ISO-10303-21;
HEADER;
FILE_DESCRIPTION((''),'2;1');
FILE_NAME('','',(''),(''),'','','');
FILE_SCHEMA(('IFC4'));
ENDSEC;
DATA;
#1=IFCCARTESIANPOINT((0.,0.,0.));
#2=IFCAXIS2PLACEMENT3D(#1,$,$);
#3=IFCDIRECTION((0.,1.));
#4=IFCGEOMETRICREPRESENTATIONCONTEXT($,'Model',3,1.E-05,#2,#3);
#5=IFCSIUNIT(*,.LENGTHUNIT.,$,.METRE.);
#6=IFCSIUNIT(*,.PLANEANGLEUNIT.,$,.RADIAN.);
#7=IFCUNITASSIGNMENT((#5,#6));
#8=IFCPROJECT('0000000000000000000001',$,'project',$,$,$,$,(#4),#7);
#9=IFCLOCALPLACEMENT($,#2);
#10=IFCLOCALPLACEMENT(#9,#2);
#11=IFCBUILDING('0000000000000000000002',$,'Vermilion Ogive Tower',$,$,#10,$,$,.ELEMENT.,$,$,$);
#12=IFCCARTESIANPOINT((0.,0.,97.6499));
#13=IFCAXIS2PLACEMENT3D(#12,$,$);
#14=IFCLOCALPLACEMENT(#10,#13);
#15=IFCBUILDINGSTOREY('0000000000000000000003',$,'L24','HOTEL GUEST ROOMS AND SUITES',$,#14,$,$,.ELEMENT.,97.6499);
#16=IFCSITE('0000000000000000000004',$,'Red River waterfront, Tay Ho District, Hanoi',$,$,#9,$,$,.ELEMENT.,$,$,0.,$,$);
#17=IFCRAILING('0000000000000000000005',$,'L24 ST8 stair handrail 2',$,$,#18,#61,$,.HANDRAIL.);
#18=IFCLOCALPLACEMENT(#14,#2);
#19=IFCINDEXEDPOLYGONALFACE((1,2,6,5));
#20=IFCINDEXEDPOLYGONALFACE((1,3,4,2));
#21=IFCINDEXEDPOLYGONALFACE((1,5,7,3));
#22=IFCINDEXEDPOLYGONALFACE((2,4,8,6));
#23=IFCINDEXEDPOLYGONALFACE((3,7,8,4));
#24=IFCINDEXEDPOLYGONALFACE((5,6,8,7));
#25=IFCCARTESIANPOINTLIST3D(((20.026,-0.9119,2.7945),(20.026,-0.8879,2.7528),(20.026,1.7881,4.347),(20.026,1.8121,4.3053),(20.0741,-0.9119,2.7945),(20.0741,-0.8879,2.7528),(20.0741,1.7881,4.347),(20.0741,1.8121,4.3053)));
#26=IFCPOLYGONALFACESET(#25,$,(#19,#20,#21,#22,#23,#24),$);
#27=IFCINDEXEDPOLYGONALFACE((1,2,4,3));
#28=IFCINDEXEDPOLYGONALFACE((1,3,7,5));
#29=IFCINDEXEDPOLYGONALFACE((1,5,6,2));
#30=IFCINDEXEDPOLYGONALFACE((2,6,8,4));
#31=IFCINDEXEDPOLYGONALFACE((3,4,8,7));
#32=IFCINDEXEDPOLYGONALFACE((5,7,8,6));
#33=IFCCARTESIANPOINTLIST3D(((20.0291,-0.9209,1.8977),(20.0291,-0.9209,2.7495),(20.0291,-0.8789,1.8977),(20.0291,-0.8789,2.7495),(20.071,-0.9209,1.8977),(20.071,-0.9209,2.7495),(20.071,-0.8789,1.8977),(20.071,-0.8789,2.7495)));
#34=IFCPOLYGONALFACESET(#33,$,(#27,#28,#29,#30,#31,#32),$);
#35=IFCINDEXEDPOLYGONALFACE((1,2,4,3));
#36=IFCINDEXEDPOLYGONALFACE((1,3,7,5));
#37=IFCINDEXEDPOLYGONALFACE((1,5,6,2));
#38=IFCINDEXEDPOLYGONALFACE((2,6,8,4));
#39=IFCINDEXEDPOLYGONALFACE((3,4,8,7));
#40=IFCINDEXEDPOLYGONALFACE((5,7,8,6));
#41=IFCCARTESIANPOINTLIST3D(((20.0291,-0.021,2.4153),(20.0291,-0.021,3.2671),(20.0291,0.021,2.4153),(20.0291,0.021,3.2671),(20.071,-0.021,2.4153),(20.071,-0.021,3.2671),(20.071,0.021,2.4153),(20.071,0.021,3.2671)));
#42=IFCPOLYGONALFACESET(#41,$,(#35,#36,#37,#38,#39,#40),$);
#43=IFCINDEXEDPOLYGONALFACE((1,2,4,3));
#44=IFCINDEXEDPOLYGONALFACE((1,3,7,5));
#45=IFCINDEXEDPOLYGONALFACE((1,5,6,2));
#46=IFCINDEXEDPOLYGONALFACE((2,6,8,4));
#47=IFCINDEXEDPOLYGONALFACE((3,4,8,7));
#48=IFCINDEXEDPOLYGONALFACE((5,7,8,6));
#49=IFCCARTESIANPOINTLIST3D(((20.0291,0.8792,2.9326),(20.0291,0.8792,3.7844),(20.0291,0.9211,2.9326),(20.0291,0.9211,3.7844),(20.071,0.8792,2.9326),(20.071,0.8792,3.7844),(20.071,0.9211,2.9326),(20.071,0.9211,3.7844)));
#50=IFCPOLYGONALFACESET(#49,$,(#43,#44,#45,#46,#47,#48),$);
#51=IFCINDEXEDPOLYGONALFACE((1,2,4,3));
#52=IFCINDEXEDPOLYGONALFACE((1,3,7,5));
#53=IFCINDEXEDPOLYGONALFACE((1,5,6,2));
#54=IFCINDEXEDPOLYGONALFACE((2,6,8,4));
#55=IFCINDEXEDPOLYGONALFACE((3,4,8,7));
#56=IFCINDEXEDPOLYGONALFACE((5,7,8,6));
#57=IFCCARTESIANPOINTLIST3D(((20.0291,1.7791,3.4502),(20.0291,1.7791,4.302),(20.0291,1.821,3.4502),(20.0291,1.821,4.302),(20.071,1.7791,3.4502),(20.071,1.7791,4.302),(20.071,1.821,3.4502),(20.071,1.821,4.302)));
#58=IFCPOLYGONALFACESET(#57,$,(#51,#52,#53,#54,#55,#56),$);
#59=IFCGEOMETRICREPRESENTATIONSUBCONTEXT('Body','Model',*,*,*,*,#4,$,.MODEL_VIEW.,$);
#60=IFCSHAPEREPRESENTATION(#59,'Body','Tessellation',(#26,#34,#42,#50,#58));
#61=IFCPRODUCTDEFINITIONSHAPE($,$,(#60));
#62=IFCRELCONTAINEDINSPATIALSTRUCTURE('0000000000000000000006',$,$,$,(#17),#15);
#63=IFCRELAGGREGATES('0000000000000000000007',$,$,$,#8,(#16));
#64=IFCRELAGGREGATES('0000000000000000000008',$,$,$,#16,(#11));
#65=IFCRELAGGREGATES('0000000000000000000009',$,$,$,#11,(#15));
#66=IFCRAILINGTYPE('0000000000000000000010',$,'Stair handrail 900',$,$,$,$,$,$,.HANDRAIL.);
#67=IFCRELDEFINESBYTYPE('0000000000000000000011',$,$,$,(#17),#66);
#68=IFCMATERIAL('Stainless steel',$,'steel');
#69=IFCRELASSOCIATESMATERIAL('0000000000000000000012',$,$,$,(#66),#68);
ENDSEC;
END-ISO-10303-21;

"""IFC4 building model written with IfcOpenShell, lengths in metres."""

from ifc_helpers import new_model, si_unit, direction, frame, origin, origin_2d, place, context, subcontext, project, spatial, rectangle, extrude, material, type_object, element, save


model = new_model("IFC4")

# Units and contexts
model_context = context("Model", 3, precision=1e-05, world=origin(), true_north=direction((0.0, 1.0)))
body_context = subcontext(model_context, "Body", "Model", "MODEL_VIEW")
ifc_project = project(units=[si_unit("LENGTHUNIT", "METRE"), si_unit("PLANEANGLEUNIT", "RADIAN")], contexts=[model_context])

# Site, building, storey
site_placement = place(None, origin())
site = spatial("IfcSite", under=ifc_project, at=site_placement, Name="Red River waterfront, Tay Ho District, Hanoi", CompositionType="ELEMENT", RefElevation=0.0)
building_placement = place(site_placement, origin())
building = spatial("IfcBuilding", under=site, at=building_placement, Name="Vermilion Ogive Tower", CompositionType="ELEMENT")
storey_placement = place(building_placement, frame((0.0, 0.0, 97.6499)))
storey = spatial("IfcBuildingStorey", under=building, at=storey_placement, Name="L24", Description="HOTEL GUEST ROOMS AND SUITES", CompositionType="ELEMENT", Elevation=97.6499)

# Railing
ifc_material_1 = material(Name="Stainless steel", Category="steel")
railing_type = type_object("IfcRailingType", Name="Stair handrail 900", PredefinedType="HANDRAIL", material=ifc_material_1)
railing_placement = place(storey_placement, frame((20.05, -0.8999, 1.8977)))
element("IfcRailing", 1, at=railing_placement, inside=storey, type_object=railing_type, Name="L24 ST8 stair handrail 2", PredefinedType="HANDRAIL", context=body_context, shape_type="SweptSolid", body=[
    extrude(rectangle(XDim=0.0481, YDim=0.0481, at=origin_2d()), frame((0.0, 0.0, 0.876), z_axis=(0.0, 0.866904, 0.498476), x_axis=(-1.0, 0.0, 0.0)), (0.0, 0.0, 1.0), 3.1145),
    extrude(rectangle(XDim=0.042, YDim=0.042, at=origin_2d()), origin(), (0.0, 0.0, 1.0), 0.8518),
    extrude(rectangle(XDim=0.042, YDim=0.042, at=origin_2d()), frame((0.0, 0.8999, 0.5176)), (0.0, 0.0, 1.0), 0.8518),
    extrude(rectangle(XDim=0.042, YDim=0.042, at=origin_2d()), frame((0.0, 1.8, 1.0349)), (0.0, 0.0, 1.0), 0.8518),
    extrude(rectangle(XDim=0.042, YDim=0.042, at=origin_2d()), frame((0.0, 2.7, 1.5525)), (0.0, 0.0, 1.0), 0.8518),
])

save(model, "model.ifc")
